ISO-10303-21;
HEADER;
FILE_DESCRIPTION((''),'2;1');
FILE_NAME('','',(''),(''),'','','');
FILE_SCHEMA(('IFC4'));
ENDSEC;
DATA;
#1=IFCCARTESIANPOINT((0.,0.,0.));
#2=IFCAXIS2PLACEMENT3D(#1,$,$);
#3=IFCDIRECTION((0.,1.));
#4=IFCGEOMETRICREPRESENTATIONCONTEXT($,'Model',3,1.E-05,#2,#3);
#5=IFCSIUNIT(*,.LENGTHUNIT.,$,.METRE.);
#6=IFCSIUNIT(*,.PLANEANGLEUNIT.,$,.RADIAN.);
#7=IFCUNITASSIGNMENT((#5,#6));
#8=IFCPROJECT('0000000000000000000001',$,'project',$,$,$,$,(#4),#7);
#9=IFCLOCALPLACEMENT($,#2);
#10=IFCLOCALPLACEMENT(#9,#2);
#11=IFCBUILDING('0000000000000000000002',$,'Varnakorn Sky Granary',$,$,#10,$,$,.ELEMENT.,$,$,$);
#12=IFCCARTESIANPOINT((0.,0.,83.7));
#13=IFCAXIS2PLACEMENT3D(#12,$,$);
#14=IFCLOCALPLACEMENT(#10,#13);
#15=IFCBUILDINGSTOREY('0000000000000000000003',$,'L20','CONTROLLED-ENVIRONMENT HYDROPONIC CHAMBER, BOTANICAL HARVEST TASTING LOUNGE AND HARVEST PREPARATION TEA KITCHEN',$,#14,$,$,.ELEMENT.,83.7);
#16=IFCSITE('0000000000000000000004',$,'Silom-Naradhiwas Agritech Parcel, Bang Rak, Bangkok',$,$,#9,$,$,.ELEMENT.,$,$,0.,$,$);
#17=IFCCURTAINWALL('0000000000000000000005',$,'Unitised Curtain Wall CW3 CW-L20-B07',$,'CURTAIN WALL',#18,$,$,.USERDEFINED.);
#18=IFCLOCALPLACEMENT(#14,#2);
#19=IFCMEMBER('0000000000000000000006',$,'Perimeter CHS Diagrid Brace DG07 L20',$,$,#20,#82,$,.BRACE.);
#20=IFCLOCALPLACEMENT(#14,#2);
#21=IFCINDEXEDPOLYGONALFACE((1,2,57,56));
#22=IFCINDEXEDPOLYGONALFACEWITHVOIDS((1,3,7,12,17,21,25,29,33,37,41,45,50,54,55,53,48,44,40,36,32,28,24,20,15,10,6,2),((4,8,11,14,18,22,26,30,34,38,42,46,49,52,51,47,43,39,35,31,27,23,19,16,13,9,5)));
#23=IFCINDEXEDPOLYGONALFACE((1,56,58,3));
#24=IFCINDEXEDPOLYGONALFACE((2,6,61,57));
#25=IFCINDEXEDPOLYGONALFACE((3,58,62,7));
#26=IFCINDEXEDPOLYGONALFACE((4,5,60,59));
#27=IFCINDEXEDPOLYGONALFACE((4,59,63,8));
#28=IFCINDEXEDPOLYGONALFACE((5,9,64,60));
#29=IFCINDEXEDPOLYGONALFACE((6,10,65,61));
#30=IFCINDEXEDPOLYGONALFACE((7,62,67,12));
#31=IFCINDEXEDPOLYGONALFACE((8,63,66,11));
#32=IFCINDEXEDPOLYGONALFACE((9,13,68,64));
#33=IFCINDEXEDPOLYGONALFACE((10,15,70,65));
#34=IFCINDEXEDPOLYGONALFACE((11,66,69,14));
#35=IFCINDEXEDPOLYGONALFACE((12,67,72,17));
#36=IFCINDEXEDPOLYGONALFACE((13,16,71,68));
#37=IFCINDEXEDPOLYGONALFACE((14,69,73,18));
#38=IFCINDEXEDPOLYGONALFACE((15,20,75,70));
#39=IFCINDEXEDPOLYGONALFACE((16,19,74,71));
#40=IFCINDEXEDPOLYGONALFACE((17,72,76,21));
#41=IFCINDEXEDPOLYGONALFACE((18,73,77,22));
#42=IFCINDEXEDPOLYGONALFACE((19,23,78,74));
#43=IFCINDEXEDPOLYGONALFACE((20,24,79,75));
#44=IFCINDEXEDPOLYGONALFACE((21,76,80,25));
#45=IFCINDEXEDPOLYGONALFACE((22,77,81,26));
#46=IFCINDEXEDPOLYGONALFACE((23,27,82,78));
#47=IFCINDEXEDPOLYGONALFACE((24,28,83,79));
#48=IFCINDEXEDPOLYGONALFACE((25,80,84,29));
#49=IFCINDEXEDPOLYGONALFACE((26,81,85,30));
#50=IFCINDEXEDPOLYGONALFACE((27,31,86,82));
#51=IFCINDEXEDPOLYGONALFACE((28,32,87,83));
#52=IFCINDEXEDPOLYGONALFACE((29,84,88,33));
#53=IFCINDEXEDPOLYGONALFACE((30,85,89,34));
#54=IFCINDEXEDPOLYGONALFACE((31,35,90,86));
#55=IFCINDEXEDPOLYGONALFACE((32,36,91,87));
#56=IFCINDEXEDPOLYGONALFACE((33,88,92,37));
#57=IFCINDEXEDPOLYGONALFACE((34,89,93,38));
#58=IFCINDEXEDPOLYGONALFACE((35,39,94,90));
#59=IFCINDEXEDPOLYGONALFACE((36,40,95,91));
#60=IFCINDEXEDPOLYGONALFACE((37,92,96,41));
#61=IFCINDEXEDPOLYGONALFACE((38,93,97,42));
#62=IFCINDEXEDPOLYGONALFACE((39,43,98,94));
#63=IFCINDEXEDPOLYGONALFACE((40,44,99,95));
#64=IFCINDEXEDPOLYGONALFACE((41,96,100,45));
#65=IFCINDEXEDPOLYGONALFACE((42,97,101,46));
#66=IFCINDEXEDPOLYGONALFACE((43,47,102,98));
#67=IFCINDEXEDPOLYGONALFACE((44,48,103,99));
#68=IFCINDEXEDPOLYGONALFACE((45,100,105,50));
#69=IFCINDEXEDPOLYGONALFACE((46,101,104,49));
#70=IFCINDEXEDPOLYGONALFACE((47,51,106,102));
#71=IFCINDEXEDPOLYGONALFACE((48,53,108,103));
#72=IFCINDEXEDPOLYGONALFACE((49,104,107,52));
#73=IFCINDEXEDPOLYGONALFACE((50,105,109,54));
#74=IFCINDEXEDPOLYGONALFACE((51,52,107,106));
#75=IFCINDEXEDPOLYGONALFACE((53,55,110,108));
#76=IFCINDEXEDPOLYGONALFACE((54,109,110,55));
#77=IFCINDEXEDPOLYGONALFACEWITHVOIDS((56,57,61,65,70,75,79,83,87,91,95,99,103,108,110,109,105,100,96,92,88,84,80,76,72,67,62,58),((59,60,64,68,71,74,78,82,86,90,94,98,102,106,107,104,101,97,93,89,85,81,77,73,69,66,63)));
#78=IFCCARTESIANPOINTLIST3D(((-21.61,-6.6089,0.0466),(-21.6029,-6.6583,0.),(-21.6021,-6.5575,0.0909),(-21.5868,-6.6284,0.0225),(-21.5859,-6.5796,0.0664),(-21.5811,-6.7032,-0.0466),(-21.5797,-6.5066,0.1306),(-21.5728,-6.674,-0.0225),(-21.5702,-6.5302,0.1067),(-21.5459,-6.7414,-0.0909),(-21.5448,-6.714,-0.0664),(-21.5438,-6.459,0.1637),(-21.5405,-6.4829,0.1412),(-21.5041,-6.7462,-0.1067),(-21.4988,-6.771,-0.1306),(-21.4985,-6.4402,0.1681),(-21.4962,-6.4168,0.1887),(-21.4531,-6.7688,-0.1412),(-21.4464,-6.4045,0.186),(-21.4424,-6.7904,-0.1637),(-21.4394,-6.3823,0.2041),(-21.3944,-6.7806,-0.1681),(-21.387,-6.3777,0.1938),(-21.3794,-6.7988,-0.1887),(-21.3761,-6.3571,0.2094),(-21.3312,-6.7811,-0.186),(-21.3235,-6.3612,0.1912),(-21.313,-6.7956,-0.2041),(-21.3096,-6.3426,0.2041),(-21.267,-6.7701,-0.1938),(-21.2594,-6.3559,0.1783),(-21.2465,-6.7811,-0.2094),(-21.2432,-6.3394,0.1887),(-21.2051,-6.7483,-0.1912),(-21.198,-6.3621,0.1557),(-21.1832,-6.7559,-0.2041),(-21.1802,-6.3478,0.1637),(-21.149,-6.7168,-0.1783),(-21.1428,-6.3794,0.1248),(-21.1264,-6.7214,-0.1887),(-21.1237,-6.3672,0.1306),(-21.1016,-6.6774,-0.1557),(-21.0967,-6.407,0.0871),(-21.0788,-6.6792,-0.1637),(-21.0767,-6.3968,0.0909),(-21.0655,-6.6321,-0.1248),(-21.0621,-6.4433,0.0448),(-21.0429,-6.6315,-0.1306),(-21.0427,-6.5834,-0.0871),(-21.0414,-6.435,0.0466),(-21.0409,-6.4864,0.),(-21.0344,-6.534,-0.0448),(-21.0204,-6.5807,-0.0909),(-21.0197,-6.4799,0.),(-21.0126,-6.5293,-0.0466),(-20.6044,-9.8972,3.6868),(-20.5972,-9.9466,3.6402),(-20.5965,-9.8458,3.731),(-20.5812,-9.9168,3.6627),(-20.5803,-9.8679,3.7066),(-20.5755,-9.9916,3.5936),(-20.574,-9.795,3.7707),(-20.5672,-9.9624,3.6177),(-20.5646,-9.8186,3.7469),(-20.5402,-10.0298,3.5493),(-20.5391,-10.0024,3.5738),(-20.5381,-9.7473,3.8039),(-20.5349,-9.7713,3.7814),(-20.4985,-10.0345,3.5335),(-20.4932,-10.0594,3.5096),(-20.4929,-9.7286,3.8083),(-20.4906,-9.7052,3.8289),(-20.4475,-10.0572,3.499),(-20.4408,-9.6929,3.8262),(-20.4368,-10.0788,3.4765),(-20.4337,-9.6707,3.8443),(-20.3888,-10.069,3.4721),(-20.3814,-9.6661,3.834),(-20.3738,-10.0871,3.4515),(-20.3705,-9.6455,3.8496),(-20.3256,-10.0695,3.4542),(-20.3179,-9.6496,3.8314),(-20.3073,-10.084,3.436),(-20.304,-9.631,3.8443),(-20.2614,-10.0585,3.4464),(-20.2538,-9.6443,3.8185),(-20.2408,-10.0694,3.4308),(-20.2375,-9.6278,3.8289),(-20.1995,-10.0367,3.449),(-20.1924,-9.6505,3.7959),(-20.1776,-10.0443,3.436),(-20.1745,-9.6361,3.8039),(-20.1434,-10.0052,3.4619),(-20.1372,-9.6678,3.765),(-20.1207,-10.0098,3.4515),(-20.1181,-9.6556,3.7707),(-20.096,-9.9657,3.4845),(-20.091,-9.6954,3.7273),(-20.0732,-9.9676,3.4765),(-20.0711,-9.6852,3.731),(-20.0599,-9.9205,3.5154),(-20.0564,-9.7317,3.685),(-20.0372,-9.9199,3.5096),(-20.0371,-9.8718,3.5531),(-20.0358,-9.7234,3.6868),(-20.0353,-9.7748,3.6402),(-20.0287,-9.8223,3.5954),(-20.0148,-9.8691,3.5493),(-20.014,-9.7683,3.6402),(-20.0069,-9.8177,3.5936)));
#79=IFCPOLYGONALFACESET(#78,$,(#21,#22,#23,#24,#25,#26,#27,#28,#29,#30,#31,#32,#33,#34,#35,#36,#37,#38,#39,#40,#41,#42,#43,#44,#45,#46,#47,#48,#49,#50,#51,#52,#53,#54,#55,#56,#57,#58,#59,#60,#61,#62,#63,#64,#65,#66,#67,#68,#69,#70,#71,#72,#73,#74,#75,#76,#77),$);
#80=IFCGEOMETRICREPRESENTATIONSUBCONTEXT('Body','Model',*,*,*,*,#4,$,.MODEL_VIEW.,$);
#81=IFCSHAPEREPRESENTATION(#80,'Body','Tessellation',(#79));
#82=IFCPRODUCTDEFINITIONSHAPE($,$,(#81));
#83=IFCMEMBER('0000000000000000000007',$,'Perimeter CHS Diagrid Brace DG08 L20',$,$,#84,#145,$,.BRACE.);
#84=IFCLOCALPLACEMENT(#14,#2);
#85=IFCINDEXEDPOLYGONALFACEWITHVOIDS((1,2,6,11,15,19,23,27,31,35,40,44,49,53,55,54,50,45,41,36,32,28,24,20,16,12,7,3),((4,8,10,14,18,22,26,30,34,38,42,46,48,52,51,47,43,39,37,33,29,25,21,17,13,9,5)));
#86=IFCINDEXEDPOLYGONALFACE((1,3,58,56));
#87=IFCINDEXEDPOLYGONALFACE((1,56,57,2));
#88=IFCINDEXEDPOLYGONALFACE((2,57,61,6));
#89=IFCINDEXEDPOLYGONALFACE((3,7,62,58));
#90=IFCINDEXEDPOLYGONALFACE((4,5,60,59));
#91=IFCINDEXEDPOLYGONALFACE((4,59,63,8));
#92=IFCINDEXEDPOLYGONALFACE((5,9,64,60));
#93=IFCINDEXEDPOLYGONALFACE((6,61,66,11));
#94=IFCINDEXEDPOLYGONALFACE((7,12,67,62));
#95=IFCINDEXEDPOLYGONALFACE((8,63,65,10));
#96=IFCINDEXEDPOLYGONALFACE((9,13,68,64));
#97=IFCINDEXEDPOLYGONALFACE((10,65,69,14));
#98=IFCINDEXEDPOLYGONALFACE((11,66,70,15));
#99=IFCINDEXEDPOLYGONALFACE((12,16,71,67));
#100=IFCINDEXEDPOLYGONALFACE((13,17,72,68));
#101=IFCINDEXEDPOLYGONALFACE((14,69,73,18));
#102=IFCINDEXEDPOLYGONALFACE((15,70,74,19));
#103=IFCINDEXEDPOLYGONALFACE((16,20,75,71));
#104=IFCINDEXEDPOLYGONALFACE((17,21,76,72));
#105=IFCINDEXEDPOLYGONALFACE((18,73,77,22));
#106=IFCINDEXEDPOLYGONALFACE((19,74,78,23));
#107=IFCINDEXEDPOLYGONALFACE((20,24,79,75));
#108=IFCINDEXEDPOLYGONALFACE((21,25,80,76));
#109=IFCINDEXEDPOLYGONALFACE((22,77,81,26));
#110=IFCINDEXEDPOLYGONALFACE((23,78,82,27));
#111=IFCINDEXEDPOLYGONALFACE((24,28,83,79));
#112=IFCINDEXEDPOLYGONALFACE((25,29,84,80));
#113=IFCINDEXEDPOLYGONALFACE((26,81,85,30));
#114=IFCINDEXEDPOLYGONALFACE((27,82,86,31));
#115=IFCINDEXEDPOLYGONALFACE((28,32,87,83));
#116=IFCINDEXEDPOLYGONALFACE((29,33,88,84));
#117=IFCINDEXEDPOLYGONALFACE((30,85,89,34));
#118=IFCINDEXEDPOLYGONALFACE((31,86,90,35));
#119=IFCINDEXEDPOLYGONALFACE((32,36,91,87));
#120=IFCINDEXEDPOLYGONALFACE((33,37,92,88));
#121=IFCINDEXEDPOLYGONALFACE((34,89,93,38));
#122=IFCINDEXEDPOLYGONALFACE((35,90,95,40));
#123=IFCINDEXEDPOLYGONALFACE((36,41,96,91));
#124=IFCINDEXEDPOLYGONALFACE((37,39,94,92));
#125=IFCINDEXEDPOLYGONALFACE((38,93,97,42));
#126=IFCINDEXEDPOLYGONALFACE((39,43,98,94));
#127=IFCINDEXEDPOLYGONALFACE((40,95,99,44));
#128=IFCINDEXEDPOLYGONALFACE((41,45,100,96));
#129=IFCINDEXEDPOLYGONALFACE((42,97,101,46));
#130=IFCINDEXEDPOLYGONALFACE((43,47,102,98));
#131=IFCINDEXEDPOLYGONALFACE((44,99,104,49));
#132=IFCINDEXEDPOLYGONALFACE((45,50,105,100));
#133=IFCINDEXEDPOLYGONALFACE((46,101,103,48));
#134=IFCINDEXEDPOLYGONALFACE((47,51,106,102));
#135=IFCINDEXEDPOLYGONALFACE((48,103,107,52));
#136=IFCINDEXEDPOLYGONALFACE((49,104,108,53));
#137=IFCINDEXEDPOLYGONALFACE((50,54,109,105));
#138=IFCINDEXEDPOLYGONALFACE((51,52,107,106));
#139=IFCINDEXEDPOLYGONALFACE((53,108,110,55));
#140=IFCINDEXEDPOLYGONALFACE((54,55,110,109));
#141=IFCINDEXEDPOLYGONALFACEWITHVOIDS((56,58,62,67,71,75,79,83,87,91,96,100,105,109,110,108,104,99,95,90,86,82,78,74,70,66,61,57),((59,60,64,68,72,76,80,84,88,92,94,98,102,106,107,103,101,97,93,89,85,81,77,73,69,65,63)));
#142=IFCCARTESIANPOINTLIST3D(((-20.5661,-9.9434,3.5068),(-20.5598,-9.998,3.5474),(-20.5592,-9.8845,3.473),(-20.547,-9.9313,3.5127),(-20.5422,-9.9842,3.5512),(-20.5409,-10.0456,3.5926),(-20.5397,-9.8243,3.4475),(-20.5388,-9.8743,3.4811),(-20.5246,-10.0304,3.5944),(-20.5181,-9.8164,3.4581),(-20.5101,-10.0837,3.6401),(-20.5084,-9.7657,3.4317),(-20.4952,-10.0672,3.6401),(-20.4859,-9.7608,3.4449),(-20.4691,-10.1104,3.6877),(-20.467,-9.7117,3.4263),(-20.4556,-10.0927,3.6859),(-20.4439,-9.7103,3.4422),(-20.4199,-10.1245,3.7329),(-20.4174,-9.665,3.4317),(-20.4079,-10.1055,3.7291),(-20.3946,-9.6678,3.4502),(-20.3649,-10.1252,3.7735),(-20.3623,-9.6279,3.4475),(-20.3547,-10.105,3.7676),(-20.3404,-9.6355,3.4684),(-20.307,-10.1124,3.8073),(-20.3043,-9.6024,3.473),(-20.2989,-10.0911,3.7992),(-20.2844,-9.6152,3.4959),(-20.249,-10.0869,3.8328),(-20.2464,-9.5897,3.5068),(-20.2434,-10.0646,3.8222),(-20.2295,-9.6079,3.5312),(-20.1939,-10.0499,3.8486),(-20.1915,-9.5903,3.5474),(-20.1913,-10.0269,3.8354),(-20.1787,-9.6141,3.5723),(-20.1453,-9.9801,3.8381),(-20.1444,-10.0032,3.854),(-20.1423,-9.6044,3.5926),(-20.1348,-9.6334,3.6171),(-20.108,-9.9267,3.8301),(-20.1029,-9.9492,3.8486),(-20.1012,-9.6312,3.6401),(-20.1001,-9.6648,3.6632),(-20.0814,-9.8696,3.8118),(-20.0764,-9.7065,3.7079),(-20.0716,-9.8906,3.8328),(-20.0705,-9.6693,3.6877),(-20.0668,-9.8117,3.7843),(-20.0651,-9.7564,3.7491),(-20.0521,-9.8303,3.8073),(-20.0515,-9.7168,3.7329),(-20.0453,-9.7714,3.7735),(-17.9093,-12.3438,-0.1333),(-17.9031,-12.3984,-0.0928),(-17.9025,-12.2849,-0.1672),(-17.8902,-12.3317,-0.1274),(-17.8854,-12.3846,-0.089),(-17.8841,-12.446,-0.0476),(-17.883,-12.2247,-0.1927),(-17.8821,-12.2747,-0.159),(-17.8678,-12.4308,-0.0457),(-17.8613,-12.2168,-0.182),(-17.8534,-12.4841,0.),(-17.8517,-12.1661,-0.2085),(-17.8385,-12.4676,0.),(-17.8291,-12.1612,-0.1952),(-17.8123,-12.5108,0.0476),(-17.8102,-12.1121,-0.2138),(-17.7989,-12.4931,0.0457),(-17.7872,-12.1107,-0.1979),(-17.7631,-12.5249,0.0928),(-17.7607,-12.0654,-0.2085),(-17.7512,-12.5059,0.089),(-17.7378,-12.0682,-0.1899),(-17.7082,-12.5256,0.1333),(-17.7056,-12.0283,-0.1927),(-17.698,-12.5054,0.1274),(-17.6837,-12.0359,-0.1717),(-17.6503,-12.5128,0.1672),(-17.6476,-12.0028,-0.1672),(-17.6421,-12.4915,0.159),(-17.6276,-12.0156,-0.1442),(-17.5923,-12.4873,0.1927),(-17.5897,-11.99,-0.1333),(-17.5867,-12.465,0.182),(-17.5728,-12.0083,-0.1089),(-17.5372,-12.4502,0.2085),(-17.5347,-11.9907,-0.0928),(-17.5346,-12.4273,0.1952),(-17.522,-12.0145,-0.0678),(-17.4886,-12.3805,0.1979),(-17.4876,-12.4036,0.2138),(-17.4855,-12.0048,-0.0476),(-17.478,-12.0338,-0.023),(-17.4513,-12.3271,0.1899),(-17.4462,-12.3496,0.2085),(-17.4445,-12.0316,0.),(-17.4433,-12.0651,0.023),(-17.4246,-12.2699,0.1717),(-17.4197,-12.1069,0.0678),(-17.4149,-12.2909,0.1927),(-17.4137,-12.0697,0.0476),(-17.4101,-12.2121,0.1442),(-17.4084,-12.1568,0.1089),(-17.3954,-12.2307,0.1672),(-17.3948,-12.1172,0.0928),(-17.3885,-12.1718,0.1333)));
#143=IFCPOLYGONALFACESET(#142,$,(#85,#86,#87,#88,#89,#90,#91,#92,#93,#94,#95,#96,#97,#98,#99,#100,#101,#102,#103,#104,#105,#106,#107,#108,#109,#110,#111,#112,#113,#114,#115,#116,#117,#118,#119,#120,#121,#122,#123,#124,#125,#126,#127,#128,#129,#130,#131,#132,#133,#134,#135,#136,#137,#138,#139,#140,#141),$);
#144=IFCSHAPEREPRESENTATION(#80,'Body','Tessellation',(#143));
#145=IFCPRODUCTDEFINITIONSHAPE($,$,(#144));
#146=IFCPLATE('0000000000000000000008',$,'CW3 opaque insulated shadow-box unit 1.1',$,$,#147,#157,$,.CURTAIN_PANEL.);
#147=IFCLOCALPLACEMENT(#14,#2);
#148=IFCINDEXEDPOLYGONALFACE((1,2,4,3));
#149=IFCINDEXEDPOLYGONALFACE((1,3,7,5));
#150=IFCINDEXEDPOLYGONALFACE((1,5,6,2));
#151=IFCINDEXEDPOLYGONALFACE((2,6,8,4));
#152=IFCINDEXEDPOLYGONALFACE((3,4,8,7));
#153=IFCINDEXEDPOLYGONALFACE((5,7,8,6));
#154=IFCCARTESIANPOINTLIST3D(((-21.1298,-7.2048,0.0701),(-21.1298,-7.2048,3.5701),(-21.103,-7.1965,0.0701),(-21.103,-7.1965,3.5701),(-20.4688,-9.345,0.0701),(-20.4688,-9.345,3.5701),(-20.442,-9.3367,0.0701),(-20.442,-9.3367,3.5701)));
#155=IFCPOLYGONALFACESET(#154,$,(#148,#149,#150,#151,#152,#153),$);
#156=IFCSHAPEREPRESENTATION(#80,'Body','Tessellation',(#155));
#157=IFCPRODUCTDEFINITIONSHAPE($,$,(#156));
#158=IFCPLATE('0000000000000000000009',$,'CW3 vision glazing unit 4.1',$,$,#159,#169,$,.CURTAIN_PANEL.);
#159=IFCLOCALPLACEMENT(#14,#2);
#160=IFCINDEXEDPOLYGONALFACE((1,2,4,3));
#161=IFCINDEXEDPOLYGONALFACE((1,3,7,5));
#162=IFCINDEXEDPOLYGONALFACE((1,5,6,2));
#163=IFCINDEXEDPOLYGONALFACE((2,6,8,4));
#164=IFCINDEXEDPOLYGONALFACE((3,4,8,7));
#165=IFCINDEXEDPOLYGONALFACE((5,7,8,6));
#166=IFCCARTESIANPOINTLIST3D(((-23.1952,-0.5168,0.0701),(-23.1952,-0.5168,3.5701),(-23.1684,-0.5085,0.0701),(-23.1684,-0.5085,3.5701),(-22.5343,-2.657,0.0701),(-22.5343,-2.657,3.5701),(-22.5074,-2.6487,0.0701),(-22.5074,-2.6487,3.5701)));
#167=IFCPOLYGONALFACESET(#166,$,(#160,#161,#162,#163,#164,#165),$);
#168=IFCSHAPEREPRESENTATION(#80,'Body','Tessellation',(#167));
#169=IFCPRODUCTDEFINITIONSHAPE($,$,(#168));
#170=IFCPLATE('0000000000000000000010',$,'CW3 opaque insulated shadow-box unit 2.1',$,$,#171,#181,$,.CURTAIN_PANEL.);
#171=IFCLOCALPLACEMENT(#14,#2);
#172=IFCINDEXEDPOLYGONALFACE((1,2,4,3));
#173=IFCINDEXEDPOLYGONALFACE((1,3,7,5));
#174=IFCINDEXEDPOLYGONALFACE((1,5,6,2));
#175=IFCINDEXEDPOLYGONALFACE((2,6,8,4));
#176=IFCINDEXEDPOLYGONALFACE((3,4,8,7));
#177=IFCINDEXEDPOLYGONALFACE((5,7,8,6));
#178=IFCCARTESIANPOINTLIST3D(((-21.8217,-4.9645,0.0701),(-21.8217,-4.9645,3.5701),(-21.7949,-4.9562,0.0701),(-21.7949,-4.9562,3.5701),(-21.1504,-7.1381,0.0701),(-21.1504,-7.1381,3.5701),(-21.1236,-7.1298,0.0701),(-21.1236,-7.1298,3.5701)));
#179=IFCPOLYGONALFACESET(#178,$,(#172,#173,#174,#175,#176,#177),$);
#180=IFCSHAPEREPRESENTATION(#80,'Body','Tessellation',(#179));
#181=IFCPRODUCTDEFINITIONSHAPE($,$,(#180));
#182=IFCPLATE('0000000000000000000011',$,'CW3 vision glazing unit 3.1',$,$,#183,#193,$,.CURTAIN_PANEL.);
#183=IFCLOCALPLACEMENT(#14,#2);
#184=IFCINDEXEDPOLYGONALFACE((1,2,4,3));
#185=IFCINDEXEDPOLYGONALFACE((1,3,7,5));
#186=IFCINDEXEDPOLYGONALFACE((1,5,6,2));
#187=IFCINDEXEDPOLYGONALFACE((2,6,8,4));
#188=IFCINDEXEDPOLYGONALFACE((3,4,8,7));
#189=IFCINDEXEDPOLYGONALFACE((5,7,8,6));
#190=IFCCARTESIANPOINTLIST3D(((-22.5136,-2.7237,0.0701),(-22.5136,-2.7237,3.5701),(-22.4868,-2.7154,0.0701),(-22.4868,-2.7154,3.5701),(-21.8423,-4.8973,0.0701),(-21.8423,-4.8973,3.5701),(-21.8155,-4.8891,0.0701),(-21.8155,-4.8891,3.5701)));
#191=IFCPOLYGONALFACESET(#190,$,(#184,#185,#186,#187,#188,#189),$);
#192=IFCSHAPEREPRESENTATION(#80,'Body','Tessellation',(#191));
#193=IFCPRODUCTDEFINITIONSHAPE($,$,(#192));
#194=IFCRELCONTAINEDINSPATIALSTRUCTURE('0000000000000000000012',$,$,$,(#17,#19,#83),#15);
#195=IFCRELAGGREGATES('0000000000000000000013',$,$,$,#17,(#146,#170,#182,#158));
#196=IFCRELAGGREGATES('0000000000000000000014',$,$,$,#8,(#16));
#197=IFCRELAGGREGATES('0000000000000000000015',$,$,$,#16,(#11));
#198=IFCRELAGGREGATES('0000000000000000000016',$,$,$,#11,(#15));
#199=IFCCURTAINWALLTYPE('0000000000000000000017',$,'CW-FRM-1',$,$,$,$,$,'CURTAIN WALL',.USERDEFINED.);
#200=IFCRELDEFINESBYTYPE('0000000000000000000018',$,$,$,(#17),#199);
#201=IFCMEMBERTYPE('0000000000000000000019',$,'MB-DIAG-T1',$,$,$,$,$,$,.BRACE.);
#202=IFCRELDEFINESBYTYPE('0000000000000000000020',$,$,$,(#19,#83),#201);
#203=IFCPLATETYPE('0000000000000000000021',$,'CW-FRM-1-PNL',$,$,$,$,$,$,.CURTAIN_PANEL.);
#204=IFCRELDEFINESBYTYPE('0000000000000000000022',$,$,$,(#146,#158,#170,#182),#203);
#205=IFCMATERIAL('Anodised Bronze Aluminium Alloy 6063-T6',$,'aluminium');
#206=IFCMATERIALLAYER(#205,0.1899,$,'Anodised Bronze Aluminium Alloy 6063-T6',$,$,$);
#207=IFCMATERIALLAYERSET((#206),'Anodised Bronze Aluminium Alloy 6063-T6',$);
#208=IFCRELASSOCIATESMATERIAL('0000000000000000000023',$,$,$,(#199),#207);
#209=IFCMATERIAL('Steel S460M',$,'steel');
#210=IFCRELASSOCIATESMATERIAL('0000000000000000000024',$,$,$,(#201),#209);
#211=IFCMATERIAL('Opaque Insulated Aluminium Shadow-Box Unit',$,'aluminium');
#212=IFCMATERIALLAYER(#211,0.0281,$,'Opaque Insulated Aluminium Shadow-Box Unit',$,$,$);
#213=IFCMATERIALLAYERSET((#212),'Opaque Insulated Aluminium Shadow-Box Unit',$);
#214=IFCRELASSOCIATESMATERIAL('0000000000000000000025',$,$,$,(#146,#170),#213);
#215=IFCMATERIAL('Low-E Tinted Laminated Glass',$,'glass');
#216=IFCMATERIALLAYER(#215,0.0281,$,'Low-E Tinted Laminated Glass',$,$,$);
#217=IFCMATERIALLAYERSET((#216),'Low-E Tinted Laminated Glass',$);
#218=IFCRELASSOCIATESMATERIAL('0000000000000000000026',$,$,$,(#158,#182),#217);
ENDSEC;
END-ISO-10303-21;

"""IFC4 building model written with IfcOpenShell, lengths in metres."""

from ifc_helpers import new_model, si_unit, direction, frame, origin, origin_2d, place, context, subcontext, project, spatial, rectangle, hollow_circle, extrude, source, transform, mapped, material, layer, layer_set, material_profile, profile_set, type_object, element, aggregate, save


model = new_model("IFC4")

# Units and contexts
model_context = context("Model", 3, precision=1e-05, world=origin(), true_north=direction((0.0, 1.0)))
body_context = subcontext(model_context, "Body", "Model", "MODEL_VIEW")
ifc_project = project(units=[si_unit("LENGTHUNIT", "METRE"), si_unit("PLANEANGLEUNIT", "RADIAN")], contexts=[model_context])

# Site, building, storey
site_placement = place(None, origin())
site = spatial("IfcSite", under=ifc_project, at=site_placement, Name="Silom-Naradhiwas Agritech Parcel, Bang Rak, Bangkok", CompositionType="ELEMENT", RefElevation=0.0)
building_placement = place(site_placement, origin())
building = spatial("IfcBuilding", under=site, at=building_placement, Name="Varnakorn Sky Granary", CompositionType="ELEMENT")
storey_placement = place(building_placement, frame((0.0, 0.0, 83.7)))
storey = spatial("IfcBuildingStorey", under=building, at=storey_placement, Name="L20", Description="CONTROLLED-ENVIRONMENT HYDROPONIC CHAMBER, BOTANICAL HARVEST TASTING LOUNGE AND HARVEST PREPARATION TEA KITCHEN", CompositionType="ELEMENT", Elevation=83.7)

# Shared definitions
ifc_material_1 = material(Name="Steel S460M", Category="steel")

# Curtain wall
ifc_material_2 = material(Name="Anodised Bronze Aluminium Alloy 6063-T6", Category="aluminium")
ifc_layer_1 = layer(ifc_material_2, 0.1899, Name="Anodised Bronze Aluminium Alloy 6063-T6")
ifc_layer_set_1 = layer_set([ifc_layer_1], Name="Anodised Bronze Aluminium Alloy 6063-T6")
curtain_wall_type = type_object("IfcCurtainWallType", Name="CW-FRM-1", ElementType="CURTAIN WALL", PredefinedType="USERDEFINED", material=ifc_layer_set_1)
curtain_wall_1_placement = place(storey_placement, origin())
curtain_wall_1 = element("IfcCurtainWall", 1, at=curtain_wall_1_placement, inside=storey, type_object=curtain_wall_type, Name="Unitised Curtain Wall CW3 CW-L20-B07", ObjectType="CURTAIN WALL", PredefinedType="USERDEFINED")

# Members
ifc_material_profile_1 = material_profile(ifc_material_1, hollow_circle(Radius=0.3049, WallThickness=0.0222, at=origin_2d()), Name="CHS 610x22")
ifc_profile_set_1 = profile_set([ifc_material_profile_1], Name="Steel S460M")
member_type_1 = type_object("IfcMemberType", Name="MB-DIAG-T1", PredefinedType="BRACE", material=ifc_profile_set_1)
member_1_placement = place(storey_placement, frame((-21.3113, -6.5691, 0.0), z_axis=(0.200822, -0.656682, 0.726938), x_axis=(0.956283, 0.292444, 0.0)))
element("IfcMember", 2, at=member_1_placement, inside=storey, type_object=member_type_1, Name="Perimeter CHS Diagrid Brace DG07 L20", PredefinedType="BRACE", context=body_context, shape_type="SweptSolid", body=[
    extrude(hollow_circle(Radius=0.3049, WallThickness=0.0222, at=origin_2d()), origin(), (0.0, 0.0, 1.0), 5.0076),
])
member_2_placement = place(storey_placement, frame((-17.6489, -12.2578, 0.0), z_axis=(-0.520322, 0.470116, 0.712921), x_axis=(-0.670403, -0.741998, 0.0)))
element("IfcMember", 3, at=member_2_placement, inside=storey, type_object=member_type_1, Name="Perimeter CHS Diagrid Brace DG08 L20", PredefinedType="BRACE", context=body_context, shape_type="SweptSolid", body=[
    extrude(hollow_circle(Radius=0.3049, WallThickness=0.0222, at=origin_2d()), origin(), (0.0, 0.0, 1.0), 5.106),
])

# Plates
ifc_material_3 = material(Name="Opaque Insulated Aluminium Shadow-Box Unit", Category="aluminium")
ifc_layer_2 = layer(ifc_material_3, 0.0281, Name="Opaque Insulated Aluminium Shadow-Box Unit")
ifc_layer_set_2 = layer_set([ifc_layer_2], Name="Opaque Insulated Aluminium Shadow-Box Unit")
plate_type = type_object("IfcPlateType", Name="CW-FRM-1-PNL", PredefinedType="CURTAIN_PANEL")
shared_shape_1 = source(origin(), body_context, "Body", "SweptSolid", [
    extrude(rectangle(XDim=2.24, YDim=0.0281, at=origin_2d()), origin(), (0.0, 0.0, 1.0), 3.5),
])
plate_1_placement = place(storey_placement, frame((-20.7859, -8.2708, 0.0701), z_axis=(0.0, 0.0, 1.0), x_axis=(-0.295072, 0.955475, 0.0)))
plate_1 = element("IfcPlate", 4, at=plate_1_placement, type_object=plate_type, material=ifc_layer_set_2, Name="CW3 opaque insulated shadow-box unit 1.1", PredefinedType="CURTAIN_PANEL", context=body_context, shape_type="MappedRepresentation", body=[
    mapped(shared_shape_1, transform((0.0, 0.0, 0.0), x_axis=(1.0, 0.0, 0.0), y_axis=(0.0, 1.0, 0.0), z_axis=(0.0, 0.0, 1.0), scale=1.0)),
])
ifc_material_4 = material(Name="Low-E Tinted Laminated Glass", Category="glass")
ifc_layer_3 = layer(ifc_material_4, 0.0281, Name="Low-E Tinted Laminated Glass")
ifc_layer_set_3 = layer_set([ifc_layer_3], Name="Low-E Tinted Laminated Glass")
plate_2_placement = place(storey_placement, frame((-22.8513, -1.5828, 0.0701), z_axis=(0.0, 0.0, 1.0), x_axis=(-0.295072, 0.955475, 0.0)))
plate_2 = element("IfcPlate", 5, at=plate_2_placement, type_object=plate_type, material=ifc_layer_set_3, Name="CW3 vision glazing unit 4.1", PredefinedType="CURTAIN_PANEL", context=body_context, shape_type="MappedRepresentation", body=[
    mapped(shared_shape_1, transform((0.0, 0.0, 0.0), x_axis=(1.0, 0.0, 0.0), y_axis=(0.0, 1.0, 0.0), z_axis=(0.0, 0.0, 1.0), scale=1.0)),
])
shared_shape_2 = source(origin(), body_context, "Body", "SweptSolid", [
    extrude(rectangle(XDim=2.2749, YDim=0.0281, at=origin_2d()), origin(), (0.0, 0.0, 1.0), 3.5),
])
plate_3_placement = place(storey_placement, frame((-21.4727, -6.0471, 0.0701), z_axis=(0.0, 0.0, 1.0), x_axis=(-0.295072, 0.955475, 0.0)))
plate_3 = element("IfcPlate", 6, at=plate_3_placement, type_object=plate_type, material=ifc_layer_set_2, Name="CW3 opaque insulated shadow-box unit 2.1", PredefinedType="CURTAIN_PANEL", context=body_context, shape_type="MappedRepresentation", body=[
    mapped(shared_shape_2, transform((0.0, 0.0, 0.0), x_axis=(1.0, 0.0, 0.0), y_axis=(0.0, 1.0, 0.0), z_axis=(0.0, 0.0, 1.0), scale=1.0)),
])
plate_4_placement = place(storey_placement, frame((-22.1646, -3.8064, 0.0701), z_axis=(0.0, 0.0, 1.0), x_axis=(-0.295072, 0.955475, 0.0)))
plate_4 = element("IfcPlate", 7, at=plate_4_placement, type_object=plate_type, material=ifc_layer_set_3, Name="CW3 vision glazing unit 3.1", PredefinedType="CURTAIN_PANEL", context=body_context, shape_type="MappedRepresentation", body=[
    mapped(shared_shape_2, transform((0.0, 0.0, 0.0), x_axis=(1.0, 0.0, 0.0), y_axis=(0.0, 1.0, 0.0), z_axis=(0.0, 0.0, 1.0), scale=1.0)),
])
aggregate(curtain_wall_1, [plate_1, plate_3, plate_4, plate_2])

save(model, "model.ifc")
